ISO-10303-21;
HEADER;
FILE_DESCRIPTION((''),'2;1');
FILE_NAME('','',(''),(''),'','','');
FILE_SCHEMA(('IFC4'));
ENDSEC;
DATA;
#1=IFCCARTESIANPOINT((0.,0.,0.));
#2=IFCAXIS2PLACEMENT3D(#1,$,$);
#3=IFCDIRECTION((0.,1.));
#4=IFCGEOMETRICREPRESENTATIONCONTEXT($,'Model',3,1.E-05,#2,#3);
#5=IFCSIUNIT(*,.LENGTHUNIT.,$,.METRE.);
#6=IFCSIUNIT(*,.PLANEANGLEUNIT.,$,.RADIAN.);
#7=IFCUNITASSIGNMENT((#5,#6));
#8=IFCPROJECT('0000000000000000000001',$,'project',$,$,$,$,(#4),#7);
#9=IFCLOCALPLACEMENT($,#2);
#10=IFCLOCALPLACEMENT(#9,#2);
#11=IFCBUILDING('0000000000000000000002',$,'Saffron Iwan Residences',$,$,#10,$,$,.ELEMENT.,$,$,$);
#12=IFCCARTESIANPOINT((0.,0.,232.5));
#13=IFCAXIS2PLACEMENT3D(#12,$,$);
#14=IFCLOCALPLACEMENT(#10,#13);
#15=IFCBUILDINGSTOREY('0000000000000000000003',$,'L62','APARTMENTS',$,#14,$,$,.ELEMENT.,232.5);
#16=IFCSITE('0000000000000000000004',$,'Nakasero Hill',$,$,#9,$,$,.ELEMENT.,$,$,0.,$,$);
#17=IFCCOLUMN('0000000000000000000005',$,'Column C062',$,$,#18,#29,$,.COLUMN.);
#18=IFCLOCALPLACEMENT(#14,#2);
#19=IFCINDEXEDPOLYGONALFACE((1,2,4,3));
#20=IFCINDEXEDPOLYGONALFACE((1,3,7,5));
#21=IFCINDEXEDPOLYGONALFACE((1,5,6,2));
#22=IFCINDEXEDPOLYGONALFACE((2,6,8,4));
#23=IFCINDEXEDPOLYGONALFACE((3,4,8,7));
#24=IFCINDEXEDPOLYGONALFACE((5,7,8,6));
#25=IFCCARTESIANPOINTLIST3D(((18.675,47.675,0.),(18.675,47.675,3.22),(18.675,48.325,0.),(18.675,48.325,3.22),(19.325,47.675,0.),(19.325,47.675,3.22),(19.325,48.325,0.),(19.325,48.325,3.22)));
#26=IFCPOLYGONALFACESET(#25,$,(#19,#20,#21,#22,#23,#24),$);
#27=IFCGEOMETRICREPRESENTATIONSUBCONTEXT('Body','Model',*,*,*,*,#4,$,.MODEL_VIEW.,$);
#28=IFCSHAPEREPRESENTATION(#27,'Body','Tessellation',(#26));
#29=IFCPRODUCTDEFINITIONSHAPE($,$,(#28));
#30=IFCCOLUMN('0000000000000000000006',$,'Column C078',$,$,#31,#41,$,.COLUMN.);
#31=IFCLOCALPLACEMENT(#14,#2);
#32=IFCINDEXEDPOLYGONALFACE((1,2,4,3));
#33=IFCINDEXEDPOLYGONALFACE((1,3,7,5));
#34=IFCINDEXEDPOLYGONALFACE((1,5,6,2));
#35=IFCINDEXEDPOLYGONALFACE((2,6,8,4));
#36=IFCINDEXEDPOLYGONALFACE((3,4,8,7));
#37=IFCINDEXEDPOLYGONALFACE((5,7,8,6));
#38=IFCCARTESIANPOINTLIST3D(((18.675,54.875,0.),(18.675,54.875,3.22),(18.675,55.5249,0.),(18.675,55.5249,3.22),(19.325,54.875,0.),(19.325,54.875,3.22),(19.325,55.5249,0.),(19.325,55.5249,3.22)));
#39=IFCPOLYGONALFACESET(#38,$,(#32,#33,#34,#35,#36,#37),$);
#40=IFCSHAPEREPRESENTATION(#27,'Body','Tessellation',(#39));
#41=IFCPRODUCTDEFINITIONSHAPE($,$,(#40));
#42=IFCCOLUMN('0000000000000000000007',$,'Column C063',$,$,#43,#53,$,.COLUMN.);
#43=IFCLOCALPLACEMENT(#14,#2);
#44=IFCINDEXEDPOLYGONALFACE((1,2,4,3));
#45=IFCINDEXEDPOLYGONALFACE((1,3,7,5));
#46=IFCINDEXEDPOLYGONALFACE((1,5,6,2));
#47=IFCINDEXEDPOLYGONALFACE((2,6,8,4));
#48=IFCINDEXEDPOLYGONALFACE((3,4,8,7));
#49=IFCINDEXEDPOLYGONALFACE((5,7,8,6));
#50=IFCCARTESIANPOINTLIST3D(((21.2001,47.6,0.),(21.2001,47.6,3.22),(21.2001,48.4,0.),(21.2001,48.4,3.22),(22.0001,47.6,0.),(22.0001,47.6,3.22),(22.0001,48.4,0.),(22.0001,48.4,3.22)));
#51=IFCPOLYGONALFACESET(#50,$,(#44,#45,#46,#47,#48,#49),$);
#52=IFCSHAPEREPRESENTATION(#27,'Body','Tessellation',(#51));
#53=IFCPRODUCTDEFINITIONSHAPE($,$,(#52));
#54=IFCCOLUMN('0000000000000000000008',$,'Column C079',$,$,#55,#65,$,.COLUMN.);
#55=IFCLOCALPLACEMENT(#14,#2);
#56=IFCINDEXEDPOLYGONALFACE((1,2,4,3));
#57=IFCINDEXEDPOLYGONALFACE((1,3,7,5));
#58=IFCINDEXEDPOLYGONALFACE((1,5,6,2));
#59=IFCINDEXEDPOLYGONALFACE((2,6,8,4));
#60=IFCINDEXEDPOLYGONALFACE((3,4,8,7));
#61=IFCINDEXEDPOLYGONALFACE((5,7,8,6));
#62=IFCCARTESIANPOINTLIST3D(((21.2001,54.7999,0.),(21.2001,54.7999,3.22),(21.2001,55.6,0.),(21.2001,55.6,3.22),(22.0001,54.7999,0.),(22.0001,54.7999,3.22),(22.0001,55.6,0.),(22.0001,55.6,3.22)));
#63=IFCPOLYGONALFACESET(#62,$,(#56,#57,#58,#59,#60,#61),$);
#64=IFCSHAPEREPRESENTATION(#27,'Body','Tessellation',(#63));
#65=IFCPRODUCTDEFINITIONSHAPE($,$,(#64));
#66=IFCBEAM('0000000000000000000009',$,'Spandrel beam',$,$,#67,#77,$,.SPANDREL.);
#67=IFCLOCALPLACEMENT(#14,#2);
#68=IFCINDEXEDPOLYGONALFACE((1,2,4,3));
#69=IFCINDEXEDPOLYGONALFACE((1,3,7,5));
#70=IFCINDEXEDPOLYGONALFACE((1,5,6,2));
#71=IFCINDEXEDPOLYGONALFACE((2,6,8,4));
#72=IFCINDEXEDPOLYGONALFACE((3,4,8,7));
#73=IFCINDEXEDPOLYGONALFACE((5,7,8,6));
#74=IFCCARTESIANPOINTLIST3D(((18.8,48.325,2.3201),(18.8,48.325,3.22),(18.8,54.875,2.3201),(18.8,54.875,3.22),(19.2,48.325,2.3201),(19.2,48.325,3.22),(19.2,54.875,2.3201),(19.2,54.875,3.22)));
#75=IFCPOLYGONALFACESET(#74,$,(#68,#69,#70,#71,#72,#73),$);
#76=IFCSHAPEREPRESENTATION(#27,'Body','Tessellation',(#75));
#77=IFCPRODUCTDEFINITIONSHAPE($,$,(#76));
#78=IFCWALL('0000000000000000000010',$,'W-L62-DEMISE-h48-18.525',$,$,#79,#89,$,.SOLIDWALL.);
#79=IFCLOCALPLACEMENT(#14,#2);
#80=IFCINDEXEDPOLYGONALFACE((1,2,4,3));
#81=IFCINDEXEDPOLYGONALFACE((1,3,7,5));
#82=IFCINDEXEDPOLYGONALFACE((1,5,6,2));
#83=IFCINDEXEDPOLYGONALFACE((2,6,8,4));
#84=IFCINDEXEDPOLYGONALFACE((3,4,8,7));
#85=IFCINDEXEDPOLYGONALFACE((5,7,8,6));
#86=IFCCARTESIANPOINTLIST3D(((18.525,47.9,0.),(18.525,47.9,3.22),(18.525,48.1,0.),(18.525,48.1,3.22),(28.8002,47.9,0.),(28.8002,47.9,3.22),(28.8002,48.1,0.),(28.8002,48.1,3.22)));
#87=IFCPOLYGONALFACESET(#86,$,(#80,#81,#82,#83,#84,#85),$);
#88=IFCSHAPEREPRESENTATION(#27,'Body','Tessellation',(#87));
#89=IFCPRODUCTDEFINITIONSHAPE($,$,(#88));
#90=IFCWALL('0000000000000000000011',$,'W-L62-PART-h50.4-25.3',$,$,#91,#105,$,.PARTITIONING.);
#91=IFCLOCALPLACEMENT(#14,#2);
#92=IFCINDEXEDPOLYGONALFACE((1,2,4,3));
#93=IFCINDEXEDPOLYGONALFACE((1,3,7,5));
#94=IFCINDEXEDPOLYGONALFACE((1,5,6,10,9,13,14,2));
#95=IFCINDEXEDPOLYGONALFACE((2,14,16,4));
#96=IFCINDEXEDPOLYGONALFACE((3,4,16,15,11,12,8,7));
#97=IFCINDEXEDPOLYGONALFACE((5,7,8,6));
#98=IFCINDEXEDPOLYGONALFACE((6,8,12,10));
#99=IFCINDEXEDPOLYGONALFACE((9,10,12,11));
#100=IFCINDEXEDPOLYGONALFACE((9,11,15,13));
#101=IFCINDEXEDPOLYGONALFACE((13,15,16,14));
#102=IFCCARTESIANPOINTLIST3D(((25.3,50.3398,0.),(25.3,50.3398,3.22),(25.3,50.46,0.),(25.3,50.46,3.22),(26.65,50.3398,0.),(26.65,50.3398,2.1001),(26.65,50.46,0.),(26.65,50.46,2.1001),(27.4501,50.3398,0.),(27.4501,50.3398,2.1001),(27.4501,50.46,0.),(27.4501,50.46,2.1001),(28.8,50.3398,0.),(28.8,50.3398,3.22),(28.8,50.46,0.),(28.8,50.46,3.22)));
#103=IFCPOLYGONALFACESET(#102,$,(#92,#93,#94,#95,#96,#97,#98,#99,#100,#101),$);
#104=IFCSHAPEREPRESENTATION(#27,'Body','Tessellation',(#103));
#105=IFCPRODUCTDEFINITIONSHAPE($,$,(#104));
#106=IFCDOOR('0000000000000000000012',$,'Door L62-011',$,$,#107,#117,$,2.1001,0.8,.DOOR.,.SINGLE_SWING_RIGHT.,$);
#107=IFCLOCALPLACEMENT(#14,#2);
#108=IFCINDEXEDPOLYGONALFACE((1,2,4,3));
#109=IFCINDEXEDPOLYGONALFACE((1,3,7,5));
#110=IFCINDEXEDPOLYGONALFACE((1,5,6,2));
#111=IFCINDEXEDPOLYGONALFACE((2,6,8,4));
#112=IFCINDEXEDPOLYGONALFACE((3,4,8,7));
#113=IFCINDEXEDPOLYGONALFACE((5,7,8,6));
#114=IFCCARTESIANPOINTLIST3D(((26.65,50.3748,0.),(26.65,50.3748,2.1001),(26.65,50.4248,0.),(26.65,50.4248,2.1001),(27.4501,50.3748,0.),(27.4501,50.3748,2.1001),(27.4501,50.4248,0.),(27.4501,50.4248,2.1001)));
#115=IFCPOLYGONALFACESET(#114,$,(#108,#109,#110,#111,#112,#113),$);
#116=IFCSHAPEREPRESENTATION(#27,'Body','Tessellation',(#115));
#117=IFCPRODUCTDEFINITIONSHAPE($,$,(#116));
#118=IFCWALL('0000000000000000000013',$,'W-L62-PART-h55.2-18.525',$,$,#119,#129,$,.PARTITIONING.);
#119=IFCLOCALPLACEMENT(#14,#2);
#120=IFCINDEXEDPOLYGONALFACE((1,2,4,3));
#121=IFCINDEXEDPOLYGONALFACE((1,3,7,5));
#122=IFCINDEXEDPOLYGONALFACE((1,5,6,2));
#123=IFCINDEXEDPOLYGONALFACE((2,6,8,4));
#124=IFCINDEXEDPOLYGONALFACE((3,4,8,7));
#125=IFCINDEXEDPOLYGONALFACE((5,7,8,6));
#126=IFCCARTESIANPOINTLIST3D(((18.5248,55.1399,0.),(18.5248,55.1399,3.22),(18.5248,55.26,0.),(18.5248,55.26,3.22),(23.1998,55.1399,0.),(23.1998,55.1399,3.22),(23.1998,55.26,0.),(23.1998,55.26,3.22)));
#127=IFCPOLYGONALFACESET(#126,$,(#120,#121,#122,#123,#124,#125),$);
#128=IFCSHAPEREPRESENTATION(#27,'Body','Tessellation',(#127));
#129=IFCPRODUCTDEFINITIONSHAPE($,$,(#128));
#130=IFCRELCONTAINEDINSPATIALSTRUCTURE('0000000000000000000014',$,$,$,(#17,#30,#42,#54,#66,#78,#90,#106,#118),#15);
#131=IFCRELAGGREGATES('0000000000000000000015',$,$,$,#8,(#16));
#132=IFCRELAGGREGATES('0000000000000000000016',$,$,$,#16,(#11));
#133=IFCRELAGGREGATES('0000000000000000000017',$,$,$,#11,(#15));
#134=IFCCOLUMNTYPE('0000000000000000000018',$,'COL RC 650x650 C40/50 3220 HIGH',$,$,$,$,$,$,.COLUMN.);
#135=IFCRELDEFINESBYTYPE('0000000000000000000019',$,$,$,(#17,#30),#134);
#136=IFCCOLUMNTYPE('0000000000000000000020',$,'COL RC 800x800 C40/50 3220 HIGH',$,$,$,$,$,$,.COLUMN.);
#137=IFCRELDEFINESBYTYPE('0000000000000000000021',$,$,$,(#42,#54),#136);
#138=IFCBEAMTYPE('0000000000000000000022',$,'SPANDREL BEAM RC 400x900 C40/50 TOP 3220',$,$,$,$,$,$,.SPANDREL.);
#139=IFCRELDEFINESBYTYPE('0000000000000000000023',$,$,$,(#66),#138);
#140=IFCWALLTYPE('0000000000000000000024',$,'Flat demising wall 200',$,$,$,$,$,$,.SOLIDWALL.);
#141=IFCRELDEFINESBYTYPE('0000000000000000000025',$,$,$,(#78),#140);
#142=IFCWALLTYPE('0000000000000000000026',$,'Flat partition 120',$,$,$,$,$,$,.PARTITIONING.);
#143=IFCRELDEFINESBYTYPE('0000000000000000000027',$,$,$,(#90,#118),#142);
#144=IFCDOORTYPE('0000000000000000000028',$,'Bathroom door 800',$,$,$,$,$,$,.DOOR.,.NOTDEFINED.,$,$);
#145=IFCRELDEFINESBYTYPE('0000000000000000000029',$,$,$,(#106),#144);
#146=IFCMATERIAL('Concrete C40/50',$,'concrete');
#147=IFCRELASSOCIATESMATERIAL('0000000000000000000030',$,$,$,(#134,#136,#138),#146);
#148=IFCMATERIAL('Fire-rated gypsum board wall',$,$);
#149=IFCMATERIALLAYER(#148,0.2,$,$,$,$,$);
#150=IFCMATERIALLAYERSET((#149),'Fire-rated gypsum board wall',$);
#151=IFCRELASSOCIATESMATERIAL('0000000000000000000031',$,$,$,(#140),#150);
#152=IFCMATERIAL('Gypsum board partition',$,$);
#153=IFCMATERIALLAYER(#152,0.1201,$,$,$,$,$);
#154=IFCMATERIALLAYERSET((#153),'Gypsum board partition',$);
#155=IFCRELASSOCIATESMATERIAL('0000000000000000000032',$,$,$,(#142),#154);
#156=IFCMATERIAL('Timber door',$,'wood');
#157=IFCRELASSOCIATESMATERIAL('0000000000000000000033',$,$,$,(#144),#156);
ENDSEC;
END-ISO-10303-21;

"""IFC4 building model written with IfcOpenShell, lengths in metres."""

from ifc_helpers import new_model, si_unit, direction, frame, frame_2d, origin, origin_2d, place, context, subcontext, project, spatial, rectangle, extrude, source, transform, mapped, material, layer, layer_set, material_profile, profile_set, type_object, element, fill, save


model = new_model("IFC4")

# Units and contexts
model_context = context("Model", 3, precision=1e-05, world=origin(), true_north=direction((0.0, 1.0)))
body_context = subcontext(model_context, "Body", "Model", "MODEL_VIEW")
ifc_project = project(units=[si_unit("LENGTHUNIT", "METRE"), si_unit("PLANEANGLEUNIT", "RADIAN")], contexts=[model_context])

# Site, building, storey
site_placement = place(None, origin())
site = spatial("IfcSite", under=ifc_project, at=site_placement, Name="Nakasero Hill", CompositionType="ELEMENT", RefElevation=0.0)
building_placement = place(site_placement, origin())
building = spatial("IfcBuilding", under=site, at=building_placement, Name="Saffron Iwan Residences", CompositionType="ELEMENT")
storey_placement = place(building_placement, frame((0.0, 0.0, 232.5)))
storey = spatial("IfcBuildingStorey", under=building, at=storey_placement, Name="L62", Description="APARTMENTS", CompositionType="ELEMENT", Elevation=232.5)

# Columns
ifc_material_1 = material(Name="Concrete C40/50", Category="concrete")
ifc_material_profile_1 = material_profile(ifc_material_1, rectangle(XDim=0.6499, YDim=0.6499, at=origin_2d()), Name="RC 650x650")
ifc_profile_set_1 = profile_set([ifc_material_profile_1], Name="Concrete C40/50")
column_type_1 = type_object("IfcColumnType", Name="COL RC 650x650 C40/50 3220 HIGH", PredefinedType="COLUMN", material=ifc_profile_set_1)
shared_shape_1 = source(origin(), body_context, "Body", "SweptSolid", [
    extrude(rectangle(XDim=0.6499, YDim=0.6499, at=origin_2d()), origin(), (0.0, 0.0, 1.0), 3.22),
])
for number, where, z_axis, x_axis, name in (
    (1, (19.0, 48.0, 0.0), (0.0, 0.0, 1.0), (1.0, 0.0, 0.0), "Column C062"),
    (2, (19.0, 55.2, 0.0), (0.0, 0.0, 1.0), (1.0, 0.0, 0.0), "Column C078"),
):
    element("IfcColumn", number, at=place(storey_placement, frame(where, z_axis=z_axis, x_axis=x_axis)), inside=storey, type_object=column_type_1, Name=name, PredefinedType="COLUMN", context=body_context, shape_type="MappedRepresentation", body=[
        mapped(shared_shape_1, transform((0.0, 0.0, 0.0))),
    ])
ifc_material_profile_2 = material_profile(ifc_material_1, rectangle(XDim=0.8, YDim=0.8, at=origin_2d()), Name="RC 800x800")
ifc_profile_set_2 = profile_set([ifc_material_profile_2], Name="Concrete C40/50")
column_type_2 = type_object("IfcColumnType", Name="COL RC 800x800 C40/50 3220 HIGH", PredefinedType="COLUMN", material=ifc_profile_set_2)
shared_shape_2 = source(origin(), body_context, "Body", "SweptSolid", [
    extrude(rectangle(XDim=0.8, YDim=0.8, at=origin_2d()), origin(), (0.0, 0.0, 1.0), 3.22),
])
for number, where, z_axis, x_axis, name in (
    (3, (21.6001, 48.0, 0.0), (0.0, 0.0, 1.0), (1.0, 0.0, 0.0), "Column C063"),
    (4, (21.6001, 55.2, 0.0), (0.0, 0.0, 1.0), (1.0, 0.0, 0.0), "Column C079"),
):
    element("IfcColumn", number, at=place(storey_placement, frame(where, z_axis=z_axis, x_axis=x_axis)), inside=storey, type_object=column_type_2, Name=name, PredefinedType="COLUMN", context=body_context, shape_type="MappedRepresentation", body=[
        mapped(shared_shape_2, transform((0.0, 0.0, 0.0))),
    ])

# Beam
ifc_material_profile_3 = material_profile(ifc_material_1, rectangle(XDim=0.3999, YDim=0.8999, at=origin_2d()), Name="RC 400x900")
ifc_profile_set_3 = profile_set([ifc_material_profile_3], Name="Concrete C40/50")
beam_type = type_object("IfcBeamType", Name="SPANDREL BEAM RC 400x900 C40/50 TOP 3220", PredefinedType="SPANDREL", material=ifc_profile_set_3)
shared_shape_3 = source(origin(), body_context, "Body", "SweptSolid", [
    extrude(rectangle(XDim=0.3999, YDim=0.8999, at=origin_2d()), origin(), (0.0, 0.0, 1.0), 6.55),
])
beam_placement = place(storey_placement, frame((19.0, 48.325, 2.77), z_axis=(0.0, 1.0, 0.0), x_axis=(-1.0, 0.0, 0.0)))
element("IfcBeam", 5, at=beam_placement, inside=storey, type_object=beam_type, Name="Spandrel beam", PredefinedType="SPANDREL", context=body_context, shape_type="MappedRepresentation", body=[
    mapped(shared_shape_3, transform((0.0, 0.0, 0.0))),
])

# Wall
ifc_material_2 = material(Name="Fire-rated gypsum board wall")
ifc_layer_1 = layer(ifc_material_2, 0.2)
ifc_layer_set_1 = layer_set([ifc_layer_1], Name="Fire-rated gypsum board wall")
wall_type_1 = type_object("IfcWallType", Name="Flat demising wall 200", PredefinedType="SOLIDWALL", material=ifc_layer_set_1)
wall_1_placement = place(storey_placement, frame((18.5249, 48.0, 0.0), z_axis=(0.0, 0.0, 1.0), x_axis=(1.0, 0.0, 0.0)))
element("IfcWall", 6, at=wall_1_placement, inside=storey, type_object=wall_type_1, Name="W-L62-DEMISE-h48-18.525", PredefinedType="SOLIDWALL", context=body_context, shape_type="SweptSolid", body=[
    extrude(rectangle(XDim=10.2751, YDim=0.2, at=frame_2d((5.1377, 0.0))), origin(), (0.0, 0.0, 1.0), 3.22),
])

# Wall, opening, door
ifc_material_3 = material(Name="Gypsum board partition")
ifc_layer_2 = layer(ifc_material_3, 0.1201)
ifc_layer_set_2 = layer_set([ifc_layer_2], Name="Gypsum board partition")
wall_type_2 = type_object("IfcWallType", Name="Flat partition 120", PredefinedType="PARTITIONING", material=ifc_layer_set_2)
wall_2_placement = place(storey_placement, frame((25.3, 50.3999, 0.0), z_axis=(0.0, 0.0, 1.0), x_axis=(1.0, 0.0, 0.0)))
wall_2 = element("IfcWall", 7, at=wall_2_placement, inside=storey, type_object=wall_type_2, Name="W-L62-PART-h50.4-25.3", PredefinedType="PARTITIONING", context=body_context, shape_type="SweptSolid", body=[
    extrude(rectangle(XDim=3.5, YDim=0.1201, at=frame_2d((1.75, 0.0))), origin(), (0.0, 0.0, 1.0), 3.22),
])
opening_1_placement = place(wall_2_placement, frame((1.3501, 0.0, 0.0)))
opening_1 = element("IfcOpeningElement", 8, at=opening_1_placement, cuts=wall_2, PredefinedType="OPENING", context=body_context, shape_type="SweptSolid", body=[
    extrude(rectangle(XDim=0.8, YDim=2.1001, at=frame_2d((0.3999, 1.05))), frame((0.0, 0.0701, 0.0), z_axis=(0.0, -1.0, 0.0), x_axis=(1.0, 0.0, 0.0)), (0.0, 0.0, 1.0), 0.1401),
])
ifc_material_4 = material(Name="Timber door", Category="wood")
door_type_1 = type_object("IfcDoorType", Name="Bathroom door 800", OperationType="NOTDEFINED", PredefinedType="DOOR", material=ifc_material_4)
door_1_placement = place(opening_1_placement, origin())
door_1 = element("IfcDoor", 9, at=door_1_placement, inside=storey, type_object=door_type_1, Name="Door L62-011", OperationType="SINGLE_SWING_RIGHT", OverallHeight=2.1001, OverallWidth=0.8, PredefinedType="DOOR", context=body_context, shape_type="SweptSolid", body=[
    extrude(rectangle(XDim=0.8, YDim=2.1001, at=frame_2d((0.3999, 1.05))), frame((0.0, 0.0249, 0.0), z_axis=(0.0, -1.0, 0.0), x_axis=(1.0, 0.0, 0.0)), (0.0, 0.0, 1.0), 0.05),
])
fill(opening_1, door_1)

# Wall
wall_3_placement = place(storey_placement, frame((18.5249, 55.2, 0.0), z_axis=(0.0, 0.0, 1.0), x_axis=(1.0, 0.0, 0.0)))
element("IfcWall", 10, at=wall_3_placement, inside=storey, type_object=wall_type_2, Name="W-L62-PART-h55.2-18.525", PredefinedType="PARTITIONING", context=body_context, shape_type="SweptSolid", body=[
    extrude(rectangle(XDim=4.675, YDim=0.1201, at=frame_2d((2.3374, 0.0))), origin(), (0.0, 0.0, 1.0), 3.22),
])

save(model, "model.ifc")
